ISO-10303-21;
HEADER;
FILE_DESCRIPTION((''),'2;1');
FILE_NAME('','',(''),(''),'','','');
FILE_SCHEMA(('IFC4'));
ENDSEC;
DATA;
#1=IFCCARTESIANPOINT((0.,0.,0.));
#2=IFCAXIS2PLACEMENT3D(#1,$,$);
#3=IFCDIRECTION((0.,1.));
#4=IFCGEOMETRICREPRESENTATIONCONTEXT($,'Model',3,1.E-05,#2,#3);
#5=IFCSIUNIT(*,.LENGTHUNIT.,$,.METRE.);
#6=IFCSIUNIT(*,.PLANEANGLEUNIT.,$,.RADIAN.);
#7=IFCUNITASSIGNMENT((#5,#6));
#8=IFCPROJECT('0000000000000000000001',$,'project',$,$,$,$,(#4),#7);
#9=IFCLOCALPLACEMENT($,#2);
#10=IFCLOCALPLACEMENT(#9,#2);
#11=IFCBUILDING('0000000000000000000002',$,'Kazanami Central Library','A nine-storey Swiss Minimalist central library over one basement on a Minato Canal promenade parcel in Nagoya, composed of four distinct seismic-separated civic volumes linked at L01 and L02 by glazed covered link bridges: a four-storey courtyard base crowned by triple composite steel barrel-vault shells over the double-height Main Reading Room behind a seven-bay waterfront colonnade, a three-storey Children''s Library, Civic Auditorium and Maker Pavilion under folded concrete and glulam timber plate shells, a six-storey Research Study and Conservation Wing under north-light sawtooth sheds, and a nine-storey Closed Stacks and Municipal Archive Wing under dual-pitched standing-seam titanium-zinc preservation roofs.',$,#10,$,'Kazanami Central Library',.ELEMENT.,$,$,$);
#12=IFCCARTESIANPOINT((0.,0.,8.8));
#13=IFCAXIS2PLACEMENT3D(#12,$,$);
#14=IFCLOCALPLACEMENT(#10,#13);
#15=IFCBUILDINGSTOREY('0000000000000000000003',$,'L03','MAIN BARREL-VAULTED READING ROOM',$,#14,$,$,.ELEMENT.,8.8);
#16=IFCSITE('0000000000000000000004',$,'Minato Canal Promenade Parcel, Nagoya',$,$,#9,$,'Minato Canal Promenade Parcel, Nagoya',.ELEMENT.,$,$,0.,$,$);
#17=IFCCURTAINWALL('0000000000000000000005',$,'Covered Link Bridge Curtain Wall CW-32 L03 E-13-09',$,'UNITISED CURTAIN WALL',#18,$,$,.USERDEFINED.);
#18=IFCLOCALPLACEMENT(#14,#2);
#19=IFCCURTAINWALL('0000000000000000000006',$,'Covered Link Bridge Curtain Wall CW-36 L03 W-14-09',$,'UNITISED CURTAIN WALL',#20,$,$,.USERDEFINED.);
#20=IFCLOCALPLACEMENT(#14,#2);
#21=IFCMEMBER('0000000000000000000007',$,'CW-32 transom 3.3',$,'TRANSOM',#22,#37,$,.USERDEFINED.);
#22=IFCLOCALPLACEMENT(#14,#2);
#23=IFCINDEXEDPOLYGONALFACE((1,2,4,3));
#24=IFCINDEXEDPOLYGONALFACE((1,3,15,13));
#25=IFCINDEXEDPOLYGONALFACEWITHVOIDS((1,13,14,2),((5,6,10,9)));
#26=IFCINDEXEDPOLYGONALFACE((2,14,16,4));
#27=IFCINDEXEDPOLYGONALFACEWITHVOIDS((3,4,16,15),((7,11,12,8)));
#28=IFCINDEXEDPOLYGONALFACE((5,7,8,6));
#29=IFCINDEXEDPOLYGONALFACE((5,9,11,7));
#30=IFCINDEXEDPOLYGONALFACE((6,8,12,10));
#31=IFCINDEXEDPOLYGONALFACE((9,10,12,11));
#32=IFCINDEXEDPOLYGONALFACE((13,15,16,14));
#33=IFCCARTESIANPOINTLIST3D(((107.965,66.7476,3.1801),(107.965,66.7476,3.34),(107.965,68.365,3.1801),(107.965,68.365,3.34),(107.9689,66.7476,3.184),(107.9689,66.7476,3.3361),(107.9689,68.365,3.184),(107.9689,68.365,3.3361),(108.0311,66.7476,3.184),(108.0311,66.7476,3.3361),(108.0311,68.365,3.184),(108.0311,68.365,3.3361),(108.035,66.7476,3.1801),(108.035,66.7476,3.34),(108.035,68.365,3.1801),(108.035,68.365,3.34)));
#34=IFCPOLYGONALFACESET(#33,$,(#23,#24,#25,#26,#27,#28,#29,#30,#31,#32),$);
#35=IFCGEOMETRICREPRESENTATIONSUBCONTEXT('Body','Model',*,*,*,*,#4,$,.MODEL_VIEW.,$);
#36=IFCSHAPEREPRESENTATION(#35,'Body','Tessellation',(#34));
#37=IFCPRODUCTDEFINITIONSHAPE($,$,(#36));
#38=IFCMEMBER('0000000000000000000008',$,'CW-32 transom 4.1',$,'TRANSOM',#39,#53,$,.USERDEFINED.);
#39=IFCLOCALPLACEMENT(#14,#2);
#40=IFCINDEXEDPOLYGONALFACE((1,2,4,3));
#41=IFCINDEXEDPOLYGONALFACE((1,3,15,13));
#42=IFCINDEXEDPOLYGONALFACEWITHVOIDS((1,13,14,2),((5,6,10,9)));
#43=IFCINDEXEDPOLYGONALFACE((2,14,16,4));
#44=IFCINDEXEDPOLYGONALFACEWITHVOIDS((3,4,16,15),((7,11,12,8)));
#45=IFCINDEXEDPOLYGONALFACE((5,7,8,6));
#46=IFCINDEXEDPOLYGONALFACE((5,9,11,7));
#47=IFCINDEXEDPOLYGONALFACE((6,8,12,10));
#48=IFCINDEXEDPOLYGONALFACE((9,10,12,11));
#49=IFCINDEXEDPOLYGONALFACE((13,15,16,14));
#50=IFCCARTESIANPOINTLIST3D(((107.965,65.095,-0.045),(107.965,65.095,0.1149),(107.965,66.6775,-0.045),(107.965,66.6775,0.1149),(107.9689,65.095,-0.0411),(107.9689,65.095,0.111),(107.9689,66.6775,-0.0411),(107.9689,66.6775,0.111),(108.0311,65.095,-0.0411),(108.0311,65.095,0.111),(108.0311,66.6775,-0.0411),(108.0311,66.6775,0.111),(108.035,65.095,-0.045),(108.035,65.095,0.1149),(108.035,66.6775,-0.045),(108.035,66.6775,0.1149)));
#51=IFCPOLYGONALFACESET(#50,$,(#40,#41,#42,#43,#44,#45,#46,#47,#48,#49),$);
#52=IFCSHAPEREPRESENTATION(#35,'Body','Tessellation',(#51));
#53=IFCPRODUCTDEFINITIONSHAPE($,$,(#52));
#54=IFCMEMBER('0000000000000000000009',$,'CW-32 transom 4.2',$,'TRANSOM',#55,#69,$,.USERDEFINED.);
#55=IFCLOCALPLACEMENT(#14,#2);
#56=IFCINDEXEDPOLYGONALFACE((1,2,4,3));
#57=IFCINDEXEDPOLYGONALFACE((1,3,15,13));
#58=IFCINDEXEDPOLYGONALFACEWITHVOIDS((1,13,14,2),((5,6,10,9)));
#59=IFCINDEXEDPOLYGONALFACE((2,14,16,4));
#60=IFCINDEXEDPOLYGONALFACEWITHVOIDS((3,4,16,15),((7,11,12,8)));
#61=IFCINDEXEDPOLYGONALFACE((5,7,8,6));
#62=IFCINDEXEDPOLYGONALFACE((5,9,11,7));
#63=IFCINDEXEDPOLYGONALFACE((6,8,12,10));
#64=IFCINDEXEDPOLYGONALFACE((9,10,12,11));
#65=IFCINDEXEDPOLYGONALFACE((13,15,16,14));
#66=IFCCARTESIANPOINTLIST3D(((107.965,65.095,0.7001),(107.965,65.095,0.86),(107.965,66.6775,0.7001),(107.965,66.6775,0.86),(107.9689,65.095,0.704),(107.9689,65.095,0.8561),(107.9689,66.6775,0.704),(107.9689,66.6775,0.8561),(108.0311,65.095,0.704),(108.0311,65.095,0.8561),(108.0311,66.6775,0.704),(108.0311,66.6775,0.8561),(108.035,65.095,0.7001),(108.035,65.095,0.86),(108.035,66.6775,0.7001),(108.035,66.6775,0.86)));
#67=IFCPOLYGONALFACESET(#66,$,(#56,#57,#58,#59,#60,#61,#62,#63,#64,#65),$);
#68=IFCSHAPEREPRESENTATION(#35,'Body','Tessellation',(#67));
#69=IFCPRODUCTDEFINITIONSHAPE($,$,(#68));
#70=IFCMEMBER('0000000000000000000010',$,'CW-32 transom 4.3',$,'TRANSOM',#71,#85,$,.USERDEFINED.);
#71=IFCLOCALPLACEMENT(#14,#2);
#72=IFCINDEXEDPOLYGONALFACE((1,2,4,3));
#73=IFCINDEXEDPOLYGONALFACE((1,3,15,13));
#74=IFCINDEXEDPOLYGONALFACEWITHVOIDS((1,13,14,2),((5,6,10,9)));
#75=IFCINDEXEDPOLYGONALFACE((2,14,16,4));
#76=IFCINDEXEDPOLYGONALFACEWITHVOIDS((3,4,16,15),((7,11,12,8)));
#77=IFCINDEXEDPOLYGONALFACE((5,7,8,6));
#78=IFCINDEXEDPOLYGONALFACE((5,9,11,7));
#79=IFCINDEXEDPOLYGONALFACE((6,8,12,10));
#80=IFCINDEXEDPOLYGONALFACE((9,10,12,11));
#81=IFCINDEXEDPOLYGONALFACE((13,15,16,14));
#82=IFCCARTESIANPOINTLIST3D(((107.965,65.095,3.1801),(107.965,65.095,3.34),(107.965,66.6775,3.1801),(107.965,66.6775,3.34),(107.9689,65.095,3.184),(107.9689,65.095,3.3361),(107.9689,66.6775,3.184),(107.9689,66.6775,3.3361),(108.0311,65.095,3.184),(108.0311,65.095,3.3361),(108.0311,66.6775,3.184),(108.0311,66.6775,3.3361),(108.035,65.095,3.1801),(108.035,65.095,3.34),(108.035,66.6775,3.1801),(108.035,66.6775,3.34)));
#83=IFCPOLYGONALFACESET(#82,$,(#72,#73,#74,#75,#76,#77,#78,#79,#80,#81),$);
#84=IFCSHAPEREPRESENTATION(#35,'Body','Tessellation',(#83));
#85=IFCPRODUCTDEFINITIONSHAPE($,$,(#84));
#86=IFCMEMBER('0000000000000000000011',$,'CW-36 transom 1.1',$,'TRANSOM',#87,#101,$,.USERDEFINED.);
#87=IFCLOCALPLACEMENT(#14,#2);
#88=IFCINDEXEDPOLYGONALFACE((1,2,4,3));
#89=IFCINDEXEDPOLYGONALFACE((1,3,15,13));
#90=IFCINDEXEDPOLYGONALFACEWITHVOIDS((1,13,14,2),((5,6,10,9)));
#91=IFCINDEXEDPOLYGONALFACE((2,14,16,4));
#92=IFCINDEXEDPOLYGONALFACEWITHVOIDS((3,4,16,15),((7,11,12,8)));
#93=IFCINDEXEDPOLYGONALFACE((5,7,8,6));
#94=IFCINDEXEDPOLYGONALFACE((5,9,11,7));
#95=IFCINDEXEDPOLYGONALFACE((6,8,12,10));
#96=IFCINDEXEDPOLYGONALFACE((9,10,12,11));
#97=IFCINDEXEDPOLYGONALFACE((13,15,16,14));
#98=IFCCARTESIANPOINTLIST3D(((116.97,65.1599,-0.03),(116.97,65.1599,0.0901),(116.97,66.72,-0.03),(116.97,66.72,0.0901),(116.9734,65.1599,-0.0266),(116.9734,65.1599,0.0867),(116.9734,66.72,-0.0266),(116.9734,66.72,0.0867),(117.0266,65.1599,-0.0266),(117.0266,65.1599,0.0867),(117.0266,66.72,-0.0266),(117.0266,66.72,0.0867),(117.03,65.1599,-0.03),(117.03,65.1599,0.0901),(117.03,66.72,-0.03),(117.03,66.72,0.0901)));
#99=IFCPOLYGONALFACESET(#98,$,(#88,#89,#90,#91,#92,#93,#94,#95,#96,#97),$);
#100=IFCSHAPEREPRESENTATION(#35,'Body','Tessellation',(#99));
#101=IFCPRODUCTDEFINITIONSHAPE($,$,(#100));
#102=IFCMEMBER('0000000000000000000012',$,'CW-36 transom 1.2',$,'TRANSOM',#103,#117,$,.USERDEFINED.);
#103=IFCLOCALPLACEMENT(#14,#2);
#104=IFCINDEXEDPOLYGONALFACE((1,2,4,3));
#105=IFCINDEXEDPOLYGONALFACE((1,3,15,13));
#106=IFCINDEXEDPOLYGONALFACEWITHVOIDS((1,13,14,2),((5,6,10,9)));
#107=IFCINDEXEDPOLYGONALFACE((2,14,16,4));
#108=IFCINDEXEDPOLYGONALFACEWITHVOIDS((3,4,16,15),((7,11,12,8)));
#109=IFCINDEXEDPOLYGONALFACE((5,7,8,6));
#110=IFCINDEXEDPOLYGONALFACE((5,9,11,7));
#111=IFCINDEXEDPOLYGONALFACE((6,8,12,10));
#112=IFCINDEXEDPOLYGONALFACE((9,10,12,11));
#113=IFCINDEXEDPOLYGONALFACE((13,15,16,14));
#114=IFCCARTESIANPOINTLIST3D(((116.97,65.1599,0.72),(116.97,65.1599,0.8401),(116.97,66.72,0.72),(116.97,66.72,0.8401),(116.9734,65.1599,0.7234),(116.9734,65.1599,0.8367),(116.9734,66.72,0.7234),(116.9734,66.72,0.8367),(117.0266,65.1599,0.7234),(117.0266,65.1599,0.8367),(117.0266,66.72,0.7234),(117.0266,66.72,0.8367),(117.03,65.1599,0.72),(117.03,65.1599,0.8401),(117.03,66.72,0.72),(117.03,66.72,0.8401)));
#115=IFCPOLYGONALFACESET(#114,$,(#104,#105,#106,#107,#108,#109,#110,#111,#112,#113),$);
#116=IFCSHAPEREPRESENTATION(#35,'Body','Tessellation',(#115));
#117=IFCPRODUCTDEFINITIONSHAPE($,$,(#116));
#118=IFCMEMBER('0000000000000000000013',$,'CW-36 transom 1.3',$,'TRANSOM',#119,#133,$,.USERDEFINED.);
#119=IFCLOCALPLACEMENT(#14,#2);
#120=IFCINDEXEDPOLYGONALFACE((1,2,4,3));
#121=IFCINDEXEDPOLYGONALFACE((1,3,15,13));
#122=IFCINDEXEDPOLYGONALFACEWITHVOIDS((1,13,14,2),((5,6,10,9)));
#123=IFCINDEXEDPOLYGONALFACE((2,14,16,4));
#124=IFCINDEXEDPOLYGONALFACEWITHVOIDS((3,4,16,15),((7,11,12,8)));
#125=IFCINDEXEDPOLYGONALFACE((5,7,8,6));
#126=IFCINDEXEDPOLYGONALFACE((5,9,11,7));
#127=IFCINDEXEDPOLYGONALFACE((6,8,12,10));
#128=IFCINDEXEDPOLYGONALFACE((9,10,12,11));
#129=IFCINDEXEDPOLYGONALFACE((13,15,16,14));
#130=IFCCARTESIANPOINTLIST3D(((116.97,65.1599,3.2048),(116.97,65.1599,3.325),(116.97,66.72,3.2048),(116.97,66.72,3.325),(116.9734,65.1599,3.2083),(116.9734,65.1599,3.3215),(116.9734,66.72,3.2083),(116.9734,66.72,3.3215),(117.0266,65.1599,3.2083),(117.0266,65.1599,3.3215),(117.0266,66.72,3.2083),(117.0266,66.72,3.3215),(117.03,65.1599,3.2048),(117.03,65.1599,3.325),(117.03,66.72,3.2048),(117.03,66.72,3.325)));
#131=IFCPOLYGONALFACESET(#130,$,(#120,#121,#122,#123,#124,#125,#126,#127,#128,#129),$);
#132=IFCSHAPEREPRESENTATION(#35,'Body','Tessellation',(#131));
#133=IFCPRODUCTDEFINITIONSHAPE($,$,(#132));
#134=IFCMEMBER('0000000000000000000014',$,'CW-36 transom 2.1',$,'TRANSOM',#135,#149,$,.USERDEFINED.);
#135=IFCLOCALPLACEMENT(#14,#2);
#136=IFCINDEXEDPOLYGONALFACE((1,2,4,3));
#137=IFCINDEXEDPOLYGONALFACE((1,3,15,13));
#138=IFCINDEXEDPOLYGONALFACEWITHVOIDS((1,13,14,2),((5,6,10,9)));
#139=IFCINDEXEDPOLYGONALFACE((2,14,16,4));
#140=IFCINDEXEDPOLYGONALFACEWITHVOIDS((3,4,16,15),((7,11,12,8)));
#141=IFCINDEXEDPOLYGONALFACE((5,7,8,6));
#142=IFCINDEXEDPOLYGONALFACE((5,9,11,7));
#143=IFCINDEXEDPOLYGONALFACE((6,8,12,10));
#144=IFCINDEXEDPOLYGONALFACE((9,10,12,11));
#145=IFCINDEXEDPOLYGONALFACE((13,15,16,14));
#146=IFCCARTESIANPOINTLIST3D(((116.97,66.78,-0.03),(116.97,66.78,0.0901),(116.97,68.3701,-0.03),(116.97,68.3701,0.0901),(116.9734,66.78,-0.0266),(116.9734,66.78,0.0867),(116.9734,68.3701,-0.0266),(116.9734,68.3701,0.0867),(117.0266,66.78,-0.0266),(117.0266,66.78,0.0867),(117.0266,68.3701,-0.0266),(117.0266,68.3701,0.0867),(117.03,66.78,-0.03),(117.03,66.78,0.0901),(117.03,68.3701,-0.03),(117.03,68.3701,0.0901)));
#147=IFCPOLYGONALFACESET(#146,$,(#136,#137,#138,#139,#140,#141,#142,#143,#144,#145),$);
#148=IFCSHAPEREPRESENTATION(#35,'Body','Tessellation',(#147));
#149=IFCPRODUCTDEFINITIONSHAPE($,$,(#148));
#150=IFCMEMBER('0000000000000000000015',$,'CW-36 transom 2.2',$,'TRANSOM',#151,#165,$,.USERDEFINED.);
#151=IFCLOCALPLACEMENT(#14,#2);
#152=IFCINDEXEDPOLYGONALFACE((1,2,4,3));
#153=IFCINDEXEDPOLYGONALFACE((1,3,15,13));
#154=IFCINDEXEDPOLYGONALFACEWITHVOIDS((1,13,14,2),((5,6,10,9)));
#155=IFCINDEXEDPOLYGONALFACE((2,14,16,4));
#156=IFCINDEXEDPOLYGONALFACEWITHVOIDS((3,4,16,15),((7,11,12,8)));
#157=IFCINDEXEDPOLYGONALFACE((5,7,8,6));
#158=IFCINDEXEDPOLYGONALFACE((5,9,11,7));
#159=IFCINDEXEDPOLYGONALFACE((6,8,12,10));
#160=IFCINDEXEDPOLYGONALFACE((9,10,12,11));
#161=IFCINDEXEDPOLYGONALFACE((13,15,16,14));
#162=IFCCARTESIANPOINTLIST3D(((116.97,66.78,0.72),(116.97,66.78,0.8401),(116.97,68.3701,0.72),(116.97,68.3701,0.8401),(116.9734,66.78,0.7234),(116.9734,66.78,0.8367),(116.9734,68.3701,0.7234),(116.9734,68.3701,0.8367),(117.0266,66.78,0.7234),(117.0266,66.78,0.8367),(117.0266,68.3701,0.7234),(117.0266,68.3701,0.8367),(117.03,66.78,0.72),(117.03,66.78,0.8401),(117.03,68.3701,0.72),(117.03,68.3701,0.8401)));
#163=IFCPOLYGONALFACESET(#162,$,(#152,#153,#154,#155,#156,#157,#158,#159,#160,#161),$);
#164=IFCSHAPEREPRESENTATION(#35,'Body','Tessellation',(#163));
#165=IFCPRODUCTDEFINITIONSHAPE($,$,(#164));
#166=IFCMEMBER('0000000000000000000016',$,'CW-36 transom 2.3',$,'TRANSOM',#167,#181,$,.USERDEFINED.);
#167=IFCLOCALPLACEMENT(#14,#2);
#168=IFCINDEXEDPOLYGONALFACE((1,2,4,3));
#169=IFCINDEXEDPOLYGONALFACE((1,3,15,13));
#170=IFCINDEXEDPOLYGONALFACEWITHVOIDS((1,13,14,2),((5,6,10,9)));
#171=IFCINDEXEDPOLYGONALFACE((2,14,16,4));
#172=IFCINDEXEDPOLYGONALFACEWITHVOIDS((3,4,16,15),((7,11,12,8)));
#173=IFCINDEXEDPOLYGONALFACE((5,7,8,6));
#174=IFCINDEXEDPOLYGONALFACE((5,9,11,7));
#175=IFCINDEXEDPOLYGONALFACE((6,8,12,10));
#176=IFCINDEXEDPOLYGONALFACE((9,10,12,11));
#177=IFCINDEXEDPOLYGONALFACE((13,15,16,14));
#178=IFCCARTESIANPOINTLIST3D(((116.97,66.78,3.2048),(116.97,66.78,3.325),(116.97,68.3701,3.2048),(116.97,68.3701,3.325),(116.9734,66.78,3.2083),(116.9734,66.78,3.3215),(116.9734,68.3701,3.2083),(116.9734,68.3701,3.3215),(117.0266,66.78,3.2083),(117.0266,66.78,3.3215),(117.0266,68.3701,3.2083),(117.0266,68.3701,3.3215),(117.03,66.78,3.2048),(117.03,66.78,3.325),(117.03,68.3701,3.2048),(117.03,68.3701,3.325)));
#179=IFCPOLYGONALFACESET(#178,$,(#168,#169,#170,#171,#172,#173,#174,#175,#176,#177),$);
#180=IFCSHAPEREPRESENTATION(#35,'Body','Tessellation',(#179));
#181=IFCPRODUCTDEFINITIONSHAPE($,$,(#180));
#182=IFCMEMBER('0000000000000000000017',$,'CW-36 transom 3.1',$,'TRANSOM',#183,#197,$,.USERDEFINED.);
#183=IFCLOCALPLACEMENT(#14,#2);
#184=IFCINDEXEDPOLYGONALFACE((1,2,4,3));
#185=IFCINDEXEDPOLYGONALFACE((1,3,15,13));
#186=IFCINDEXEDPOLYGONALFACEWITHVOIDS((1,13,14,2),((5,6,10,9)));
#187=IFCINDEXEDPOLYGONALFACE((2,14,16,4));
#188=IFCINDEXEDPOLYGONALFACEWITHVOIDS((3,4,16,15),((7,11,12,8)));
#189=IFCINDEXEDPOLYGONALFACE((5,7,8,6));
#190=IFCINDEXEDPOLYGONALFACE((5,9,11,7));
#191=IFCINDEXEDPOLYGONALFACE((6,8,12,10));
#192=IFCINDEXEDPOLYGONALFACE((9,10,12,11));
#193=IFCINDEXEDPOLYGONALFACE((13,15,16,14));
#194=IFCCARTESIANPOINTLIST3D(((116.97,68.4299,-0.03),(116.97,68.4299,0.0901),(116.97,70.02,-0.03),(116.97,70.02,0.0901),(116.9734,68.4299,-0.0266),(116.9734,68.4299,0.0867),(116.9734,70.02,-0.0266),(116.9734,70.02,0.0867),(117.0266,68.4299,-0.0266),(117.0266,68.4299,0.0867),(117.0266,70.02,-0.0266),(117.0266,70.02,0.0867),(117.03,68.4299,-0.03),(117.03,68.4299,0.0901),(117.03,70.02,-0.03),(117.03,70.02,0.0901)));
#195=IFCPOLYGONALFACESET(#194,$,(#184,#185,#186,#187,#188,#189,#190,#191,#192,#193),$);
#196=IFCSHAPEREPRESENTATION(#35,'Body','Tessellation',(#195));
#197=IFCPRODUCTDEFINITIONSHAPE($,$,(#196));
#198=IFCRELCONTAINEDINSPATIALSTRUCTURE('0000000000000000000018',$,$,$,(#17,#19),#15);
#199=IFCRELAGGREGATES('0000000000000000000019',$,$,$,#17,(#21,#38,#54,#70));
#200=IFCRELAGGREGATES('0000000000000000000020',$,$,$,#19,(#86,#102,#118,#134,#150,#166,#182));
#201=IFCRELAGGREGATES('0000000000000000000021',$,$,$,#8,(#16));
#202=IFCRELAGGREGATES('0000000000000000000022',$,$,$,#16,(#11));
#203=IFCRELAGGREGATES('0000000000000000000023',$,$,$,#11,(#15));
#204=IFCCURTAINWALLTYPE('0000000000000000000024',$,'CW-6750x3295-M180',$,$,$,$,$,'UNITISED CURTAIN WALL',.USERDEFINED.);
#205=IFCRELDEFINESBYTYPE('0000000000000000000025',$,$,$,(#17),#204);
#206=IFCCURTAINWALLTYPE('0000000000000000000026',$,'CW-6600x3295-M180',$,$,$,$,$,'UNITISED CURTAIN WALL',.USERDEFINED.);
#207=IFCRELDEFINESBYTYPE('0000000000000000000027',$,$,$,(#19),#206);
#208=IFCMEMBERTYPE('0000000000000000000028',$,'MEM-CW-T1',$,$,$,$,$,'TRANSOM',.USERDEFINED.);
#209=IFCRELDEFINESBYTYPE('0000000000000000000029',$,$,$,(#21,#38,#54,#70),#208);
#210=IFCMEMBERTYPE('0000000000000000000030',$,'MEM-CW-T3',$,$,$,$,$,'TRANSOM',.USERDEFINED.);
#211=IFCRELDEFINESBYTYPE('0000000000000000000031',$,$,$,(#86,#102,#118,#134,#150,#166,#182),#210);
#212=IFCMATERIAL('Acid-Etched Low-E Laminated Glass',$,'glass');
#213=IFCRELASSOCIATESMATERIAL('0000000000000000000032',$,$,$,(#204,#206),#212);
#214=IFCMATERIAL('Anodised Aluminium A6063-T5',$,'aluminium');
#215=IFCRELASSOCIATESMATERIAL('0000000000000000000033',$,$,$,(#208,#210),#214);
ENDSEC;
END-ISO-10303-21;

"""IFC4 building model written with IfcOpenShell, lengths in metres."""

from ifc_helpers import new_model, si_unit, direction, frame, origin, origin_2d, place, context, subcontext, project, spatial, hollow_rectangle, extrude, material, material_profile, profile_set, type_object, element, aggregate, save


model = new_model("IFC4")

# Units and contexts
model_context = context("Model", 3, precision=1e-05, world=origin(), true_north=direction((0.0, 1.0)))
body_context = subcontext(model_context, "Body", "Model", "MODEL_VIEW")
ifc_project = project(units=[si_unit("LENGTHUNIT", "METRE"), si_unit("PLANEANGLEUNIT", "RADIAN")], contexts=[model_context])

# Site, building, storey
site_placement = place(None, origin())
site = spatial("IfcSite", under=ifc_project, at=site_placement, Name="Minato Canal Promenade Parcel, Nagoya", LongName="Minato Canal Promenade Parcel, Nagoya", CompositionType="ELEMENT", RefElevation=0.0)
building_placement = place(site_placement, origin())
building = spatial("IfcBuilding", under=site, at=building_placement, Name="Kazanami Central Library", Description="A nine-storey Swiss Minimalist central library over one basement on a Minato Canal promenade parcel in Nagoya, composed of four distinct seismic-separated civic volumes linked at L01 and L02 by glazed covered link bridges: a four-storey courtyard base crowned by triple composite steel barrel-vault shells over the double-height Main Reading Room behind a seven-bay waterfront colonnade, a three-storey Children's Library, Civic Auditorium and Maker Pavilion under folded concrete and glulam timber plate shells, a six-storey Research Study and Conservation Wing under north-light sawtooth sheds, and a nine-storey Closed Stacks and Municipal Archive Wing under dual-pitched standing-seam titanium-zinc preservation roofs.", LongName="Kazanami Central Library", CompositionType="ELEMENT")
storey_placement = place(building_placement, frame((0.0, 0.0, 8.8)))
storey = spatial("IfcBuildingStorey", under=building, at=storey_placement, Name="L03", Description="MAIN BARREL-VAULTED READING ROOM", CompositionType="ELEMENT", Elevation=8.8)

# Curtain walls
ifc_material_1 = material(Name="Acid-Etched Low-E Laminated Glass", Category="glass")
curtain_wall_type_1 = type_object("IfcCurtainWallType", Name="CW-6750x3295-M180", ElementType="UNITISED CURTAIN WALL", PredefinedType="USERDEFINED", material=ifc_material_1)
curtain_wall_1_placement = place(storey_placement, origin())
curtain_wall_1 = element("IfcCurtainWall", 1, at=curtain_wall_1_placement, inside=storey, type_object=curtain_wall_type_1, Name="Covered Link Bridge Curtain Wall CW-32 L03 E-13-09", ObjectType="UNITISED CURTAIN WALL", PredefinedType="USERDEFINED")
ifc_material_2 = material(Name="Anodised Aluminium A6063-T5", Category="aluminium")
curtain_wall_type_2 = type_object("IfcCurtainWallType", Name="CW-6600x3295-M180", ElementType="UNITISED CURTAIN WALL", PredefinedType="USERDEFINED", material=ifc_material_1)
curtain_wall_2_placement = place(storey_placement, origin())
curtain_wall_2 = element("IfcCurtainWall", 2, at=curtain_wall_2_placement, inside=storey, type_object=curtain_wall_type_2, Name="Covered Link Bridge Curtain Wall CW-36 L03 W-14-09", ObjectType="UNITISED CURTAIN WALL", PredefinedType="USERDEFINED")

# Members
ifc_material_profile_1 = material_profile(ifc_material_2, hollow_rectangle(XDim=0.0701, YDim=0.1599, WallThickness=0.0039, at=origin_2d()), Name="ALU-TRAN-70x160x4")
ifc_profile_set_1 = profile_set([ifc_material_profile_1], Name="Anodised Aluminium A6063-T5")
member_type_1 = type_object("IfcMemberType", Name="MEM-CW-T1", ElementType="TRANSOM", PredefinedType="USERDEFINED", material=ifc_profile_set_1)
member_1_placement = place(storey_placement, frame((108.0, 68.365, 3.26), z_axis=(0.0, -1.0, 0.0), x_axis=(1.0, 0.0, 0.0)))
member_1 = element("IfcMember", 3, at=member_1_placement, type_object=member_type_1, Name="CW-32 transom 3.3", ObjectType="TRANSOM", PredefinedType="USERDEFINED", context=body_context, shape_type="SweptSolid", body=[
    extrude(hollow_rectangle(XDim=0.0701, YDim=0.1599, WallThickness=0.0039, at=origin_2d()), origin(), (0.0, 0.0, 1.0), 1.6174),
])
member_2_placement = place(storey_placement, frame((108.0, 66.6775, 0.0349), z_axis=(0.0, -1.0, 0.0), x_axis=(1.0, 0.0, 0.0)))
member_2 = element("IfcMember", 4, at=member_2_placement, type_object=member_type_1, Name="CW-32 transom 4.1", ObjectType="TRANSOM", PredefinedType="USERDEFINED", context=body_context, shape_type="SweptSolid", body=[
    extrude(hollow_rectangle(XDim=0.0701, YDim=0.1599, WallThickness=0.0039, at=origin_2d()), origin(), (0.0, 0.0, 1.0), 1.5825),
])
member_3_placement = place(storey_placement, frame((108.0, 66.6775, 0.78), z_axis=(0.0, -1.0, 0.0), x_axis=(1.0, 0.0, 0.0)))
member_3 = element("IfcMember", 5, at=member_3_placement, type_object=member_type_1, Name="CW-32 transom 4.2", ObjectType="TRANSOM", PredefinedType="USERDEFINED", context=body_context, shape_type="SweptSolid", body=[
    extrude(hollow_rectangle(XDim=0.0701, YDim=0.1599, WallThickness=0.0039, at=origin_2d()), origin(), (0.0, 0.0, 1.0), 1.5825),
])
member_4_placement = place(storey_placement, frame((108.0, 66.6775, 3.26), z_axis=(0.0, -1.0, 0.0), x_axis=(1.0, 0.0, 0.0)))
member_4 = element("IfcMember", 6, at=member_4_placement, type_object=member_type_1, Name="CW-32 transom 4.3", ObjectType="TRANSOM", PredefinedType="USERDEFINED", context=body_context, shape_type="SweptSolid", body=[
    extrude(hollow_rectangle(XDim=0.0701, YDim=0.1599, WallThickness=0.0039, at=origin_2d()), origin(), (0.0, 0.0, 1.0), 1.5825),
])
ifc_material_profile_2 = material_profile(ifc_material_2, hollow_rectangle(XDim=0.0601, YDim=0.1201, WallThickness=0.0034, at=origin_2d()), Name="ALU-TRAN-60x120x3.5")
ifc_profile_set_2 = profile_set([ifc_material_profile_2], Name="Anodised Aluminium A6063-T5")
member_type_2 = type_object("IfcMemberType", Name="MEM-CW-T3", ElementType="TRANSOM", PredefinedType="USERDEFINED", material=ifc_profile_set_2)
member_5_placement = place(storey_placement, frame((117.0, 65.1599, 0.03), z_axis=(0.0, 1.0, 0.0), x_axis=(-1.0, 0.0, 0.0)))
member_5 = element("IfcMember", 7, at=member_5_placement, type_object=member_type_2, Name="CW-36 transom 1.1", ObjectType="TRANSOM", PredefinedType="USERDEFINED", context=body_context, shape_type="SweptSolid", body=[
    extrude(hollow_rectangle(XDim=0.0601, YDim=0.1201, WallThickness=0.0034, at=origin_2d()), origin(), (0.0, 0.0, 1.0), 1.5601),
])
member_6_placement = place(storey_placement, frame((117.0, 65.1599, 0.78), z_axis=(0.0, 1.0, 0.0), x_axis=(-1.0, 0.0, 0.0)))
member_6 = element("IfcMember", 8, at=member_6_placement, type_object=member_type_2, Name="CW-36 transom 1.2", ObjectType="TRANSOM", PredefinedType="USERDEFINED", context=body_context, shape_type="SweptSolid", body=[
    extrude(hollow_rectangle(XDim=0.0601, YDim=0.1201, WallThickness=0.0034, at=origin_2d()), origin(), (0.0, 0.0, 1.0), 1.5601),
])
member_7_placement = place(storey_placement, frame((117.0, 65.1599, 3.2649), z_axis=(0.0, 1.0, 0.0), x_axis=(-1.0, 0.0, 0.0)))
member_7 = element("IfcMember", 9, at=member_7_placement, type_object=member_type_2, Name="CW-36 transom 1.3", ObjectType="TRANSOM", PredefinedType="USERDEFINED", context=body_context, shape_type="SweptSolid", body=[
    extrude(hollow_rectangle(XDim=0.0601, YDim=0.1201, WallThickness=0.0034, at=origin_2d()), origin(), (0.0, 0.0, 1.0), 1.5601),
])
member_8_placement = place(storey_placement, frame((117.0, 66.78, 0.03), z_axis=(0.0, 1.0, 0.0), x_axis=(-1.0, 0.0, 0.0)))
member_8 = element("IfcMember", 10, at=member_8_placement, type_object=member_type_2, Name="CW-36 transom 2.1", ObjectType="TRANSOM", PredefinedType="USERDEFINED", context=body_context, shape_type="SweptSolid", body=[
    extrude(hollow_rectangle(XDim=0.0601, YDim=0.1201, WallThickness=0.0034, at=origin_2d()), origin(), (0.0, 0.0, 1.0), 1.5901),
])
member_9_placement = place(storey_placement, frame((117.0, 66.78, 0.78), z_axis=(0.0, 1.0, 0.0), x_axis=(-1.0, 0.0, 0.0)))
member_9 = element("IfcMember", 11, at=member_9_placement, type_object=member_type_2, Name="CW-36 transom 2.2", ObjectType="TRANSOM", PredefinedType="USERDEFINED", context=body_context, shape_type="SweptSolid", body=[
    extrude(hollow_rectangle(XDim=0.0601, YDim=0.1201, WallThickness=0.0034, at=origin_2d()), origin(), (0.0, 0.0, 1.0), 1.5901),
])
member_10_placement = place(storey_placement, frame((117.0, 66.78, 3.2649), z_axis=(0.0, 1.0, 0.0), x_axis=(-1.0, 0.0, 0.0)))
member_10 = element("IfcMember", 12, at=member_10_placement, type_object=member_type_2, Name="CW-36 transom 2.3", ObjectType="TRANSOM", PredefinedType="USERDEFINED", context=body_context, shape_type="SweptSolid", body=[
    extrude(hollow_rectangle(XDim=0.0601, YDim=0.1201, WallThickness=0.0034, at=origin_2d()), origin(), (0.0, 0.0, 1.0), 1.5901),
])
member_11_placement = place(storey_placement, frame((117.0, 68.4299, 0.03), z_axis=(0.0, 1.0, 0.0), x_axis=(-1.0, 0.0, 0.0)))
member_11 = element("IfcMember", 13, at=member_11_placement, type_object=member_type_2, Name="CW-36 transom 3.1", ObjectType="TRANSOM", PredefinedType="USERDEFINED", context=body_context, shape_type="SweptSolid", body=[
    extrude(hollow_rectangle(XDim=0.0601, YDim=0.1201, WallThickness=0.0034, at=origin_2d()), origin(), (0.0, 0.0, 1.0), 1.5901),
])

aggregate(curtain_wall_1, [member_1, member_2, member_3, member_4])
aggregate(curtain_wall_2, [member_5, member_6, member_7, member_8, member_9, member_10, member_11])

save(model, "model.ifc")
